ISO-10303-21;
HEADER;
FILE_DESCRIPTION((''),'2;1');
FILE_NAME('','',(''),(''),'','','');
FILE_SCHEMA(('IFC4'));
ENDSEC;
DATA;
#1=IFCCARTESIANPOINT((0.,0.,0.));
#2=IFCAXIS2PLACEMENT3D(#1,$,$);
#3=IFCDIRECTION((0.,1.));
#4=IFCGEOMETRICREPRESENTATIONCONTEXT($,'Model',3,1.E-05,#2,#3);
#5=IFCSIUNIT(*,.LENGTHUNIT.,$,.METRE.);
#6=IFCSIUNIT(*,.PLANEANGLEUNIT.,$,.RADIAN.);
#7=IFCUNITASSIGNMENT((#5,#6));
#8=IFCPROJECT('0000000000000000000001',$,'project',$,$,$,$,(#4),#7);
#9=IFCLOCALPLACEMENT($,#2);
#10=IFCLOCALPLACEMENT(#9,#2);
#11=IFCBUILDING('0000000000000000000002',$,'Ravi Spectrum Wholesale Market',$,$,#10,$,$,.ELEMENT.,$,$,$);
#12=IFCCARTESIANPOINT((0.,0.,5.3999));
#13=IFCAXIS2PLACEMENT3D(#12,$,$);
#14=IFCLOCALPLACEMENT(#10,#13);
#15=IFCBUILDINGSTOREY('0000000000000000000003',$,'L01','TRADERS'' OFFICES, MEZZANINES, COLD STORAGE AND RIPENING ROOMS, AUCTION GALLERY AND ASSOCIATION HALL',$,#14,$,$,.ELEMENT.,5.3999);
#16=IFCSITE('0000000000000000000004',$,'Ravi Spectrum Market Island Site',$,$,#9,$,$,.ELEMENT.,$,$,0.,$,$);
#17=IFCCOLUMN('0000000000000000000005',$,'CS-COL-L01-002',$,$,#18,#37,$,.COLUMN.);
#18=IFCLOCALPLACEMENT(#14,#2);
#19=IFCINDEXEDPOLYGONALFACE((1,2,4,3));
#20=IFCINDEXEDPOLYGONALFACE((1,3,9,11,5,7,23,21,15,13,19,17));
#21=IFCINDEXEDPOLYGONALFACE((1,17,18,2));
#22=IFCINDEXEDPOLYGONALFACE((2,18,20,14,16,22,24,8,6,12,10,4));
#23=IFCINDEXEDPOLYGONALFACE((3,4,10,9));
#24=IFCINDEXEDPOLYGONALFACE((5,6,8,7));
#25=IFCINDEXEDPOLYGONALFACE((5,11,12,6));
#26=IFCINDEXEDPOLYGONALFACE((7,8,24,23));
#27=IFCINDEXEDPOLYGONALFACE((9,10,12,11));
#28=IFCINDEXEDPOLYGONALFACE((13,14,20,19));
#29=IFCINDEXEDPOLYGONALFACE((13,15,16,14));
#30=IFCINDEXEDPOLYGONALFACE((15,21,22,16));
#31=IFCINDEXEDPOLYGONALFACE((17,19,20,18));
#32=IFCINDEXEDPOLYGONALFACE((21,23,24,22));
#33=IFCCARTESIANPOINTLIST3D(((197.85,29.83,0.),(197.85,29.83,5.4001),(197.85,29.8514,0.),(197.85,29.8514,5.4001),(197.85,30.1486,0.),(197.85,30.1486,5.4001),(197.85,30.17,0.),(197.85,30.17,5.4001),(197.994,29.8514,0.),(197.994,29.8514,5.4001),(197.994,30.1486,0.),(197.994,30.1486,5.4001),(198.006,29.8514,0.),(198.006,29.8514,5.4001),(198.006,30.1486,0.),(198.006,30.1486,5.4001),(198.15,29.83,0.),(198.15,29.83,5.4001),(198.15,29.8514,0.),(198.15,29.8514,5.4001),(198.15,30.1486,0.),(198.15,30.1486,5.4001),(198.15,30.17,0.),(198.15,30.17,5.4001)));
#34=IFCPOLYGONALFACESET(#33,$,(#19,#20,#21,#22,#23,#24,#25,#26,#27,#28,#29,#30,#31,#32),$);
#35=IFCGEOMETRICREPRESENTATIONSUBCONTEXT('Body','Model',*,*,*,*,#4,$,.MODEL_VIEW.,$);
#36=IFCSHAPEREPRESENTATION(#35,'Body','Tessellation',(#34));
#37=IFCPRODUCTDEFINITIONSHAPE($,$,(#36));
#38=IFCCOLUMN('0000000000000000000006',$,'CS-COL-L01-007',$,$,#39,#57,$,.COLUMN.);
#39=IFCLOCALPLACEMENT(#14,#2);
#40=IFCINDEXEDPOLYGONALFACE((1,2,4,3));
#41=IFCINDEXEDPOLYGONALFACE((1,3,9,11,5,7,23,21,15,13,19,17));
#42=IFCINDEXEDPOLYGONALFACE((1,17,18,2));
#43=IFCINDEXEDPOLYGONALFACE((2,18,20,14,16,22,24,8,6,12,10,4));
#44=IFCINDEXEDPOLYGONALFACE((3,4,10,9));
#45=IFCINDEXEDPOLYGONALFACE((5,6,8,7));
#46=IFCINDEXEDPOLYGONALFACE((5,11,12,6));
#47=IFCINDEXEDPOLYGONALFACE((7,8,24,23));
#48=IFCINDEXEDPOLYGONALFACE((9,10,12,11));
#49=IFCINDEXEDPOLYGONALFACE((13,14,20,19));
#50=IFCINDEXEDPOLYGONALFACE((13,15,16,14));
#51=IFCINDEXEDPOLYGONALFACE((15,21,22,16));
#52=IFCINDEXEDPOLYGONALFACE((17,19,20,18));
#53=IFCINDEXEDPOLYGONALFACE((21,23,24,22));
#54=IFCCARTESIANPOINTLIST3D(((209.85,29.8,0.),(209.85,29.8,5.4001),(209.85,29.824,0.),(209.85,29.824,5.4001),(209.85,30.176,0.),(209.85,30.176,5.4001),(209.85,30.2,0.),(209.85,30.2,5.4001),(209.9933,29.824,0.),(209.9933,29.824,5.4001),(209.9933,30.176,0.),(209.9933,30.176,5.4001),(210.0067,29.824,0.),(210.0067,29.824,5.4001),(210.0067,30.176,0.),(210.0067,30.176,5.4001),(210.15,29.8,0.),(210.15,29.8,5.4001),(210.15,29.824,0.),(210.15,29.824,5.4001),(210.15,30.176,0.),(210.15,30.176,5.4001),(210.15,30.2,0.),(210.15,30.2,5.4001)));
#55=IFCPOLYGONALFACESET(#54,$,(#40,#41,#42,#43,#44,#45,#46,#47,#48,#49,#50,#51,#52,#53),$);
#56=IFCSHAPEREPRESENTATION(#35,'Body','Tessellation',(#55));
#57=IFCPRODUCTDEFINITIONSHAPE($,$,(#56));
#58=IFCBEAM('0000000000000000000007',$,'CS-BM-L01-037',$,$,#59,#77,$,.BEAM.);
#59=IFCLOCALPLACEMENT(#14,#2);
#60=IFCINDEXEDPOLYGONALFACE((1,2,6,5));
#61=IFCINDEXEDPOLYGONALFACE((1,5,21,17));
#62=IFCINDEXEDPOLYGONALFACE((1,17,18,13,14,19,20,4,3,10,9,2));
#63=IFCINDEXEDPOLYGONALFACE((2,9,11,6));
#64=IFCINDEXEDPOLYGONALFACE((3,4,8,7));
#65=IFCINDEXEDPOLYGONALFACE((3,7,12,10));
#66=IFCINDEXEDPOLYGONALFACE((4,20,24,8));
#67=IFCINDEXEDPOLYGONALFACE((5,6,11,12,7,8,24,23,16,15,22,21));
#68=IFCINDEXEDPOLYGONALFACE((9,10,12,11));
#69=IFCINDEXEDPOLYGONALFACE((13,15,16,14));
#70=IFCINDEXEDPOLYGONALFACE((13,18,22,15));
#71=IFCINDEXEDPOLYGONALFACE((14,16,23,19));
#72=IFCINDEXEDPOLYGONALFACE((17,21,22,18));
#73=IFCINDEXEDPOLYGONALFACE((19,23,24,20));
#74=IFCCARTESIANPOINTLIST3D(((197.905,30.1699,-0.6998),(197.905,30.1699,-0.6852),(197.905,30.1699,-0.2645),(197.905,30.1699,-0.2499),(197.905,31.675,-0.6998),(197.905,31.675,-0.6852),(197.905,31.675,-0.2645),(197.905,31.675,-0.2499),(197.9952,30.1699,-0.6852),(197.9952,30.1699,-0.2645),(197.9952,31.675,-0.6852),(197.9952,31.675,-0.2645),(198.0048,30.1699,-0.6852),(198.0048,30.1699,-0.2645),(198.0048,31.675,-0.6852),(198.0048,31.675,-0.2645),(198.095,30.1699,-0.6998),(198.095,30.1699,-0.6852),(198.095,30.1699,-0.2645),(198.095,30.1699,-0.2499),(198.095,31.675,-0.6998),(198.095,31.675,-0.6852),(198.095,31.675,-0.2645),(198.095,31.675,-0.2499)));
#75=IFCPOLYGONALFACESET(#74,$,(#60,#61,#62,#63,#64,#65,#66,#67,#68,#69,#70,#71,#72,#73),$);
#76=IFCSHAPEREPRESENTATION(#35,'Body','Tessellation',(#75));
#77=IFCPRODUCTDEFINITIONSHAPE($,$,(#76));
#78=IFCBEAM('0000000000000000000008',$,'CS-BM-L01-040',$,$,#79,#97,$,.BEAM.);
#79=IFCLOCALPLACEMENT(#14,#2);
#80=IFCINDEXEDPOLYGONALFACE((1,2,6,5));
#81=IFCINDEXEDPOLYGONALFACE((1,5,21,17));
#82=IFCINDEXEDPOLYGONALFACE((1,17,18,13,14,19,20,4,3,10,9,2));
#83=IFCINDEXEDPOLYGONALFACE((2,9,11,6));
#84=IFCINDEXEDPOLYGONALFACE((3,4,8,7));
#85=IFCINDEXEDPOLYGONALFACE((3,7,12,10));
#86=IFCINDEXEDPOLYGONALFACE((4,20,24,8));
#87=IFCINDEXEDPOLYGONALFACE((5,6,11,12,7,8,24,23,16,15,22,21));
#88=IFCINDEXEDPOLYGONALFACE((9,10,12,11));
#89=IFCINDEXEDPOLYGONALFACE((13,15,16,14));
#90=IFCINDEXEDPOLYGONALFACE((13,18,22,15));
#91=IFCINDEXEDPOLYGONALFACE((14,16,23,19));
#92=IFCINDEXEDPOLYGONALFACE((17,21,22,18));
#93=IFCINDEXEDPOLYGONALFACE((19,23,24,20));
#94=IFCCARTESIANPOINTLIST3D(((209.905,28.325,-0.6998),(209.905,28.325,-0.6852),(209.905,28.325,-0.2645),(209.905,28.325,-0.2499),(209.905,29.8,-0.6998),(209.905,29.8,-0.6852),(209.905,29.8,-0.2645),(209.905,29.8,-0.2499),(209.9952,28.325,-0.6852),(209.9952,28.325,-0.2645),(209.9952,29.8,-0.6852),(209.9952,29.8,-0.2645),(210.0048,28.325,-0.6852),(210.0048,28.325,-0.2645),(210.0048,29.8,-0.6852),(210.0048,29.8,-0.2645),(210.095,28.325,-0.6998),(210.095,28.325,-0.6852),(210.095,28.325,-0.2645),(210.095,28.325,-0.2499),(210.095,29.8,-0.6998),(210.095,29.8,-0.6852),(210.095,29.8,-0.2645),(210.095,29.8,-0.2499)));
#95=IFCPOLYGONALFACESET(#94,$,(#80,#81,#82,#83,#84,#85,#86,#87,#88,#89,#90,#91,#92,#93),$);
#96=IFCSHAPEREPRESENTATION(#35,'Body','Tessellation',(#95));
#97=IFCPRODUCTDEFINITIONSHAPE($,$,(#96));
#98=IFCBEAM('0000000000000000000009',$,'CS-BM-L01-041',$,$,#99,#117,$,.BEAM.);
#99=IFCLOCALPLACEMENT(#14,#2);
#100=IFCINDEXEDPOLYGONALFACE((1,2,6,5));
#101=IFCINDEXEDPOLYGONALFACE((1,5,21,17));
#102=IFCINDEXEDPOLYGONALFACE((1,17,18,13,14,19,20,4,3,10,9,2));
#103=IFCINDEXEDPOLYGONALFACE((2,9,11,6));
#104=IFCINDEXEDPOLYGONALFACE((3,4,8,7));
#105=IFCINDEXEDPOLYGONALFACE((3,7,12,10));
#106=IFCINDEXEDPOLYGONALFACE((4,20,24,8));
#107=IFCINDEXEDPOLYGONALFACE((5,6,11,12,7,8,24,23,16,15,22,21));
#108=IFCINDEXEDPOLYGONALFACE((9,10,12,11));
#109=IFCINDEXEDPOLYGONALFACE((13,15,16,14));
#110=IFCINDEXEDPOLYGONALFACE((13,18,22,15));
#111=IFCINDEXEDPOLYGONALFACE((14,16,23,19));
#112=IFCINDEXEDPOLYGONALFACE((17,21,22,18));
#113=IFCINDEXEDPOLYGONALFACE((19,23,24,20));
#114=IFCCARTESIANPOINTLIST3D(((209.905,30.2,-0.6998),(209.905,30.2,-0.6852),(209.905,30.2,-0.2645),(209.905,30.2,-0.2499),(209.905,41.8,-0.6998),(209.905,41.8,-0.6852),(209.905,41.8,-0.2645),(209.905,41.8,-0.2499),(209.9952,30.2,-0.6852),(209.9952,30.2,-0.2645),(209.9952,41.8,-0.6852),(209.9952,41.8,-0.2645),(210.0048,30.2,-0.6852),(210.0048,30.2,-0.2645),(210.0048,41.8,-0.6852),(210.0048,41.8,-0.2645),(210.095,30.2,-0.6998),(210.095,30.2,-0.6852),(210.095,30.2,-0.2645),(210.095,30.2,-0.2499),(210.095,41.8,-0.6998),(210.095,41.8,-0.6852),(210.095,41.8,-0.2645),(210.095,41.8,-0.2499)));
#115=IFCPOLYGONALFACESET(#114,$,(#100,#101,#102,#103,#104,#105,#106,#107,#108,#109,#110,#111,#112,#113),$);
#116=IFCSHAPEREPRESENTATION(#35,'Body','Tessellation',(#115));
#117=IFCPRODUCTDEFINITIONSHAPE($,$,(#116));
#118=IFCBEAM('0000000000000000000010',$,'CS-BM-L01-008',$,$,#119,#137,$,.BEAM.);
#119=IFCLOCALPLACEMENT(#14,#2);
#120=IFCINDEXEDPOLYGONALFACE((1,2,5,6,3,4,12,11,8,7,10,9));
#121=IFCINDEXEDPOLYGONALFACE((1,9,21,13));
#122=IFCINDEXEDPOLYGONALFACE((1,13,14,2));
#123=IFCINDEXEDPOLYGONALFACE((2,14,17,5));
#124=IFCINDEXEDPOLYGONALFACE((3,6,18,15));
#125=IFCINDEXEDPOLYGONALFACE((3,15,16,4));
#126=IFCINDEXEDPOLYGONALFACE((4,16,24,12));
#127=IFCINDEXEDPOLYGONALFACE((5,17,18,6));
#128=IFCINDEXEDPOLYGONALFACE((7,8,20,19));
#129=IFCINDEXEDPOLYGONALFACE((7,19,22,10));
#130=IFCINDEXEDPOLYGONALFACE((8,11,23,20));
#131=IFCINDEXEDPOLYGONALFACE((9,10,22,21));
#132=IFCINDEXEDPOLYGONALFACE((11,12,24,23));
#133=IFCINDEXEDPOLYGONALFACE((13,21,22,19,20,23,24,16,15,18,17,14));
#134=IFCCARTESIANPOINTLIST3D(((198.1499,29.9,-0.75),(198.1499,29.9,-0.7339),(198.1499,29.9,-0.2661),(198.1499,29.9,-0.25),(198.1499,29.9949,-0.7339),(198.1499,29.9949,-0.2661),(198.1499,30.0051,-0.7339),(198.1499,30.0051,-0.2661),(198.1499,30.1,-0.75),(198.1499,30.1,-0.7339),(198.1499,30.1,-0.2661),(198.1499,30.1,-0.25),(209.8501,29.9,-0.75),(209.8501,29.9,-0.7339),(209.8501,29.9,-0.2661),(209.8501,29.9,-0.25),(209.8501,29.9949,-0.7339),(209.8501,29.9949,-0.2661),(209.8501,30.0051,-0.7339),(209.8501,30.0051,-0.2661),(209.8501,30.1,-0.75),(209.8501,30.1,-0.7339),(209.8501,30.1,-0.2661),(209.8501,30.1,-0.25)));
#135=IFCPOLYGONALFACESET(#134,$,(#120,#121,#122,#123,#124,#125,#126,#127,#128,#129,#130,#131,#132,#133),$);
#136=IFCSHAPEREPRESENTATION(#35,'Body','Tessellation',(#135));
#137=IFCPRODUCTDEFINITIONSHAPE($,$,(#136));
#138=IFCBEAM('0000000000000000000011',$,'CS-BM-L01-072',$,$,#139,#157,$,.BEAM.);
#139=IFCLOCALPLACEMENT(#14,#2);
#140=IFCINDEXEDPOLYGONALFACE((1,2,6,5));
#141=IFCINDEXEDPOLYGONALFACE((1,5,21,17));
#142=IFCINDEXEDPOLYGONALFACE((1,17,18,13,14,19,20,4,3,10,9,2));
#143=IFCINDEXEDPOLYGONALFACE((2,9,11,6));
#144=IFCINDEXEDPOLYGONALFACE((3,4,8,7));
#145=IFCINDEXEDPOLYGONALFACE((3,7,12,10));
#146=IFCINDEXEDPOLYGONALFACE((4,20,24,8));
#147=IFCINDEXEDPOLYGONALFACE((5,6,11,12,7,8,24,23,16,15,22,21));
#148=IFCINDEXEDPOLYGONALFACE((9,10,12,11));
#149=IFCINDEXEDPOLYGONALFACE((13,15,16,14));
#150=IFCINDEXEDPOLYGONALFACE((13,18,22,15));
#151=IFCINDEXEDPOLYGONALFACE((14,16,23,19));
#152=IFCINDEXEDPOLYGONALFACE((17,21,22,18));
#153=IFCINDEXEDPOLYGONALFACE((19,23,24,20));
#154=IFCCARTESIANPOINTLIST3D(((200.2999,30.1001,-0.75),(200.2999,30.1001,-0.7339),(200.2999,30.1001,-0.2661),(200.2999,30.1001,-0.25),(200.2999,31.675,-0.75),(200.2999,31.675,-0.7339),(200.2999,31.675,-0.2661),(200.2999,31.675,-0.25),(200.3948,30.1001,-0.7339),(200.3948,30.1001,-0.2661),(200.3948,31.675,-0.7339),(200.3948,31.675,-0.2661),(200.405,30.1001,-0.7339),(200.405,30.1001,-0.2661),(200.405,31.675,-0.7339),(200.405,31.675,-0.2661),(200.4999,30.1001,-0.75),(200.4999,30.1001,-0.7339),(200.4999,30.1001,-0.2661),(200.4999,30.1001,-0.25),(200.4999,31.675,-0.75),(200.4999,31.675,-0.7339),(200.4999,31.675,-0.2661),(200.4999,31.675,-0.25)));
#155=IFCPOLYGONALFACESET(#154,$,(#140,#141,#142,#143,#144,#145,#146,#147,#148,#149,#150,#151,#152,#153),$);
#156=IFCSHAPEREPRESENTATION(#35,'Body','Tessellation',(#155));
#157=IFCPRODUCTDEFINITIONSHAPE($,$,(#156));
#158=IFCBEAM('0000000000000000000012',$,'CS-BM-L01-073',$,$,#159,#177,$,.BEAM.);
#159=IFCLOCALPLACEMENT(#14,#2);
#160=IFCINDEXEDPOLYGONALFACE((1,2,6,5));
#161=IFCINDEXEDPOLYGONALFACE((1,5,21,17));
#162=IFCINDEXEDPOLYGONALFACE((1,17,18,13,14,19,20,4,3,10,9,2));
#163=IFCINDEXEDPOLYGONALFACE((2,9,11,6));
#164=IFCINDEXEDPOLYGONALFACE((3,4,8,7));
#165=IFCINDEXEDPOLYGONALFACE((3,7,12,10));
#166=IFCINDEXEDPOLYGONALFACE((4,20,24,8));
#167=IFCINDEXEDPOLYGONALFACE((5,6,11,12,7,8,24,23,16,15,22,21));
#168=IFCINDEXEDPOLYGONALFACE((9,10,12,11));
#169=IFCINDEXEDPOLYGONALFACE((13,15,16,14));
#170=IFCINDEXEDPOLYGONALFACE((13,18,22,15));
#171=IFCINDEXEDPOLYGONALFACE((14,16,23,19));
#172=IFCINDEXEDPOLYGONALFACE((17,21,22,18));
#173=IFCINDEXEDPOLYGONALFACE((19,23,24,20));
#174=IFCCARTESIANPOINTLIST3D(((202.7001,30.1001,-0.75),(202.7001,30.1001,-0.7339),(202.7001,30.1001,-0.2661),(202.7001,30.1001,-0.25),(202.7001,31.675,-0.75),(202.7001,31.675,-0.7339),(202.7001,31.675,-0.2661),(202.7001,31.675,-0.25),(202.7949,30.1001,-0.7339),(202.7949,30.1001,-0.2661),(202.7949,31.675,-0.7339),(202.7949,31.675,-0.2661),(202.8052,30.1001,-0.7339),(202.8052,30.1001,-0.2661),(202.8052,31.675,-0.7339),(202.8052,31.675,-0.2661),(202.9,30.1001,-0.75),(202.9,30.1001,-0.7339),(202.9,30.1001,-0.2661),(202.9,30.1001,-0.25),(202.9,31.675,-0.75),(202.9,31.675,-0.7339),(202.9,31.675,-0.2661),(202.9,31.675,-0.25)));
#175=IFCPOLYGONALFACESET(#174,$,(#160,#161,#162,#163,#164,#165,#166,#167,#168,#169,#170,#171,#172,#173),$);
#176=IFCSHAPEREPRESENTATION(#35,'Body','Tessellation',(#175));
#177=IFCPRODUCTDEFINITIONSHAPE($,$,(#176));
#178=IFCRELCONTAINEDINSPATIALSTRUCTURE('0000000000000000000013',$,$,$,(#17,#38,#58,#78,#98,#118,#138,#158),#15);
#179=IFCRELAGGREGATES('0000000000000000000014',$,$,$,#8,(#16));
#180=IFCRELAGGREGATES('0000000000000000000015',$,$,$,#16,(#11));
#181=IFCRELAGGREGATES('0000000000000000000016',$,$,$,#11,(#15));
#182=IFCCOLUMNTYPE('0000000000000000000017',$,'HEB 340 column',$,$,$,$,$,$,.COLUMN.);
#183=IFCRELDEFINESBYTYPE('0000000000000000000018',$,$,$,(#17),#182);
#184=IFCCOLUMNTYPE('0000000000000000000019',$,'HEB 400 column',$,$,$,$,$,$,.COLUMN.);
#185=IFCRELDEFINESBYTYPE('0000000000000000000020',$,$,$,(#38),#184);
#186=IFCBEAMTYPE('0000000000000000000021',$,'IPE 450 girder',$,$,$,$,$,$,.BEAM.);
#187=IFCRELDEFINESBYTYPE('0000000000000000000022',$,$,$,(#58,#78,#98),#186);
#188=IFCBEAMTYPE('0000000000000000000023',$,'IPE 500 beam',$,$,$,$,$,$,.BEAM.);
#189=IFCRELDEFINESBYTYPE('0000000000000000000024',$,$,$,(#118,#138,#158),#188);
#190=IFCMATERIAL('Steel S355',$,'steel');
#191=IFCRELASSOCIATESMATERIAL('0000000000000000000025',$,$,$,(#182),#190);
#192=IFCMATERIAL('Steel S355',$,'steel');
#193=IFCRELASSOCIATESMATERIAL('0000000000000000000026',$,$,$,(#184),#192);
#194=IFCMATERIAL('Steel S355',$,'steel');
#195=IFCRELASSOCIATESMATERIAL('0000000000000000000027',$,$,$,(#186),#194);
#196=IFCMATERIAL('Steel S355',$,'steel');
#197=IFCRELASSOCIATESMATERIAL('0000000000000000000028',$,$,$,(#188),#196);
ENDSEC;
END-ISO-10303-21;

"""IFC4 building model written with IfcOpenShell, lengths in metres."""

from ifc_helpers import new_model, si_unit, direction, frame, origin, origin_2d, place, context, subcontext, project, spatial, i_section, extrude, material, material_profile, profile_set, type_object, element, save


model = new_model("IFC4")

# Units and contexts
model_context = context("Model", 3, precision=1e-05, world=origin(), true_north=direction((0.0, 1.0)))
body_context = subcontext(model_context, "Body", "Model", "MODEL_VIEW")
ifc_project = project(units=[si_unit("LENGTHUNIT", "METRE"), si_unit("PLANEANGLEUNIT", "RADIAN")], contexts=[model_context])

# Site, building, storey
site_placement = place(None, origin())
site = spatial("IfcSite", under=ifc_project, at=site_placement, Name="Ravi Spectrum Market Island Site", CompositionType="ELEMENT", RefElevation=0.0)
building_placement = place(site_placement, origin())
building = spatial("IfcBuilding", under=site, at=building_placement, Name="Ravi Spectrum Wholesale Market", CompositionType="ELEMENT")
storey_placement = place(building_placement, frame((0.0, 0.0, 5.3999)))
storey = spatial("IfcBuildingStorey", under=building, at=storey_placement, Name="L01", Description="TRADERS' OFFICES, MEZZANINES, COLD STORAGE AND RIPENING ROOMS, AUCTION GALLERY AND ASSOCIATION HALL", CompositionType="ELEMENT", Elevation=5.3999)

# Columns
ifc_material_1 = material(Name="Steel S355", Category="steel")
ifc_material_profile_1 = material_profile(ifc_material_1, i_section(OverallWidth=0.3, OverallDepth=0.3401, WebThickness=0.012, FlangeThickness=0.0215, at=origin_2d()))
ifc_profile_set_1 = profile_set([ifc_material_profile_1], Name="Steel S355")
column_type_1 = type_object("IfcColumnType", Name="HEB 340 column", PredefinedType="COLUMN", material=ifc_profile_set_1)
column_1_placement = place(storey_placement, frame((198.0, 30.0, 0.0), z_axis=(0.0, 0.0, 1.0), x_axis=(1.0, 0.0, 0.0)))
element("IfcColumn", 1, at=column_1_placement, inside=storey, type_object=column_type_1, Name="CS-COL-L01-002", PredefinedType="COLUMN", context=body_context, shape_type="SweptSolid", body=[
    extrude(i_section(OverallWidth=0.3, OverallDepth=0.3401, WebThickness=0.012, FlangeThickness=0.0215, at=origin_2d()), origin(), (0.0, 0.0, 1.0), 5.4001),
])
ifc_material_2 = material(Name="Steel S355", Category="steel")
ifc_material_profile_2 = material_profile(ifc_material_2, i_section(OverallWidth=0.3, OverallDepth=0.3999, WebThickness=0.0134, FlangeThickness=0.0239, at=origin_2d()))
ifc_profile_set_2 = profile_set([ifc_material_profile_2], Name="Steel S355")
column_type_2 = type_object("IfcColumnType", Name="HEB 400 column", PredefinedType="COLUMN", material=ifc_profile_set_2)
column_2_placement = place(storey_placement, frame((210.0, 30.0, 0.0), z_axis=(0.0, 0.0, 1.0), x_axis=(1.0, 0.0, 0.0)))
element("IfcColumn", 2, at=column_2_placement, inside=storey, type_object=column_type_2, Name="CS-COL-L01-007", PredefinedType="COLUMN", context=body_context, shape_type="SweptSolid", body=[
    extrude(i_section(OverallWidth=0.3, OverallDepth=0.3999, WebThickness=0.0134, FlangeThickness=0.0239, at=origin_2d()), origin(), (0.0, 0.0, 1.0), 5.4001),
])

# Beams
ifc_material_3 = material(Name="Steel S355", Category="steel")
ifc_material_profile_3 = material_profile(ifc_material_3, i_section(OverallWidth=0.1899, OverallDepth=0.45, WebThickness=0.0095, FlangeThickness=0.0146, at=origin_2d()))
ifc_profile_set_3 = profile_set([ifc_material_profile_3], Name="Steel S355")
beam_type_1 = type_object("IfcBeamType", Name="IPE 450 girder", PredefinedType="BEAM", material=ifc_profile_set_3)
beam_1_placement = place(storey_placement, frame((198.0, 30.1699, -0.4749), z_axis=(0.0, 1.0, 0.0), x_axis=(-1.0, 0.0, 0.0)))
element("IfcBeam", 3, at=beam_1_placement, inside=storey, type_object=beam_type_1, Name="CS-BM-L01-037", PredefinedType="BEAM", context=body_context, shape_type="SweptSolid", body=[
    extrude(i_section(OverallWidth=0.1899, OverallDepth=0.45, WebThickness=0.0095, FlangeThickness=0.0146, at=origin_2d()), origin(), (0.0, 0.0, 1.0), 1.5051),
])
beam_2_placement = place(storey_placement, frame((210.0, 28.325, -0.4749), z_axis=(0.0, 1.0, 0.0), x_axis=(-1.0, 0.0, 0.0)))
element("IfcBeam", 4, at=beam_2_placement, inside=storey, type_object=beam_type_1, Name="CS-BM-L01-040", PredefinedType="BEAM", context=body_context, shape_type="SweptSolid", body=[
    extrude(i_section(OverallWidth=0.1899, OverallDepth=0.45, WebThickness=0.0095, FlangeThickness=0.0146, at=origin_2d()), origin(), (0.0, 0.0, 1.0), 1.4751),
])
beam_3_placement = place(storey_placement, frame((210.0, 30.2, -0.4749), z_axis=(0.0, 1.0, 0.0), x_axis=(-1.0, 0.0, 0.0)))
element("IfcBeam", 5, at=beam_3_placement, inside=storey, type_object=beam_type_1, Name="CS-BM-L01-041", PredefinedType="BEAM", context=body_context, shape_type="SweptSolid", body=[
    extrude(i_section(OverallWidth=0.1899, OverallDepth=0.45, WebThickness=0.0095, FlangeThickness=0.0146, at=origin_2d()), origin(), (0.0, 0.0, 1.0), 11.6001),
])
ifc_material_4 = material(Name="Steel S355", Category="steel")
ifc_material_profile_4 = material_profile(ifc_material_4, i_section(OverallWidth=0.2, OverallDepth=0.5, WebThickness=0.0103, FlangeThickness=0.0161, at=origin_2d()))
ifc_profile_set_4 = profile_set([ifc_material_profile_4], Name="Steel S355")
beam_type_2 = type_object("IfcBeamType", Name="IPE 500 beam", PredefinedType="BEAM", material=ifc_profile_set_4)
beam_4_placement = place(storey_placement, frame((198.1499, 30.0, -0.5), z_axis=(1.0, 0.0, 0.0), x_axis=(0.0, 1.0, 0.0)))
element("IfcBeam", 6, at=beam_4_placement, inside=storey, type_object=beam_type_2, Name="CS-BM-L01-008", PredefinedType="BEAM", context=body_context, shape_type="SweptSolid", body=[
    extrude(i_section(OverallWidth=0.2, OverallDepth=0.5, WebThickness=0.0103, FlangeThickness=0.0161, at=origin_2d()), origin(), (0.0, 0.0, 1.0), 11.7002),
])
for number, where, z_axis, x_axis, name in (
    (7, (200.3999, 30.1001, -0.5), (0.0, 1.0, 0.0), (-1.0, 0.0, 0.0), "CS-BM-L01-072"),
    (8, (202.8, 30.1001, -0.5), (0.0, 1.0, 0.0), (-1.0, 0.0, 0.0), "CS-BM-L01-073"),
):
    element("IfcBeam", number, at=place(storey_placement, frame(where, z_axis=z_axis, x_axis=x_axis)), inside=storey, type_object=beam_type_2, Name=name, PredefinedType="BEAM", context=body_context, shape_type="SweptSolid", body=[
        extrude(i_section(OverallWidth=0.2, OverallDepth=0.5, WebThickness=0.0103, FlangeThickness=0.0161, at=origin_2d()), origin(), (0.0, 0.0, 1.0), 1.575),
    ])

save(model, "model.ifc")
